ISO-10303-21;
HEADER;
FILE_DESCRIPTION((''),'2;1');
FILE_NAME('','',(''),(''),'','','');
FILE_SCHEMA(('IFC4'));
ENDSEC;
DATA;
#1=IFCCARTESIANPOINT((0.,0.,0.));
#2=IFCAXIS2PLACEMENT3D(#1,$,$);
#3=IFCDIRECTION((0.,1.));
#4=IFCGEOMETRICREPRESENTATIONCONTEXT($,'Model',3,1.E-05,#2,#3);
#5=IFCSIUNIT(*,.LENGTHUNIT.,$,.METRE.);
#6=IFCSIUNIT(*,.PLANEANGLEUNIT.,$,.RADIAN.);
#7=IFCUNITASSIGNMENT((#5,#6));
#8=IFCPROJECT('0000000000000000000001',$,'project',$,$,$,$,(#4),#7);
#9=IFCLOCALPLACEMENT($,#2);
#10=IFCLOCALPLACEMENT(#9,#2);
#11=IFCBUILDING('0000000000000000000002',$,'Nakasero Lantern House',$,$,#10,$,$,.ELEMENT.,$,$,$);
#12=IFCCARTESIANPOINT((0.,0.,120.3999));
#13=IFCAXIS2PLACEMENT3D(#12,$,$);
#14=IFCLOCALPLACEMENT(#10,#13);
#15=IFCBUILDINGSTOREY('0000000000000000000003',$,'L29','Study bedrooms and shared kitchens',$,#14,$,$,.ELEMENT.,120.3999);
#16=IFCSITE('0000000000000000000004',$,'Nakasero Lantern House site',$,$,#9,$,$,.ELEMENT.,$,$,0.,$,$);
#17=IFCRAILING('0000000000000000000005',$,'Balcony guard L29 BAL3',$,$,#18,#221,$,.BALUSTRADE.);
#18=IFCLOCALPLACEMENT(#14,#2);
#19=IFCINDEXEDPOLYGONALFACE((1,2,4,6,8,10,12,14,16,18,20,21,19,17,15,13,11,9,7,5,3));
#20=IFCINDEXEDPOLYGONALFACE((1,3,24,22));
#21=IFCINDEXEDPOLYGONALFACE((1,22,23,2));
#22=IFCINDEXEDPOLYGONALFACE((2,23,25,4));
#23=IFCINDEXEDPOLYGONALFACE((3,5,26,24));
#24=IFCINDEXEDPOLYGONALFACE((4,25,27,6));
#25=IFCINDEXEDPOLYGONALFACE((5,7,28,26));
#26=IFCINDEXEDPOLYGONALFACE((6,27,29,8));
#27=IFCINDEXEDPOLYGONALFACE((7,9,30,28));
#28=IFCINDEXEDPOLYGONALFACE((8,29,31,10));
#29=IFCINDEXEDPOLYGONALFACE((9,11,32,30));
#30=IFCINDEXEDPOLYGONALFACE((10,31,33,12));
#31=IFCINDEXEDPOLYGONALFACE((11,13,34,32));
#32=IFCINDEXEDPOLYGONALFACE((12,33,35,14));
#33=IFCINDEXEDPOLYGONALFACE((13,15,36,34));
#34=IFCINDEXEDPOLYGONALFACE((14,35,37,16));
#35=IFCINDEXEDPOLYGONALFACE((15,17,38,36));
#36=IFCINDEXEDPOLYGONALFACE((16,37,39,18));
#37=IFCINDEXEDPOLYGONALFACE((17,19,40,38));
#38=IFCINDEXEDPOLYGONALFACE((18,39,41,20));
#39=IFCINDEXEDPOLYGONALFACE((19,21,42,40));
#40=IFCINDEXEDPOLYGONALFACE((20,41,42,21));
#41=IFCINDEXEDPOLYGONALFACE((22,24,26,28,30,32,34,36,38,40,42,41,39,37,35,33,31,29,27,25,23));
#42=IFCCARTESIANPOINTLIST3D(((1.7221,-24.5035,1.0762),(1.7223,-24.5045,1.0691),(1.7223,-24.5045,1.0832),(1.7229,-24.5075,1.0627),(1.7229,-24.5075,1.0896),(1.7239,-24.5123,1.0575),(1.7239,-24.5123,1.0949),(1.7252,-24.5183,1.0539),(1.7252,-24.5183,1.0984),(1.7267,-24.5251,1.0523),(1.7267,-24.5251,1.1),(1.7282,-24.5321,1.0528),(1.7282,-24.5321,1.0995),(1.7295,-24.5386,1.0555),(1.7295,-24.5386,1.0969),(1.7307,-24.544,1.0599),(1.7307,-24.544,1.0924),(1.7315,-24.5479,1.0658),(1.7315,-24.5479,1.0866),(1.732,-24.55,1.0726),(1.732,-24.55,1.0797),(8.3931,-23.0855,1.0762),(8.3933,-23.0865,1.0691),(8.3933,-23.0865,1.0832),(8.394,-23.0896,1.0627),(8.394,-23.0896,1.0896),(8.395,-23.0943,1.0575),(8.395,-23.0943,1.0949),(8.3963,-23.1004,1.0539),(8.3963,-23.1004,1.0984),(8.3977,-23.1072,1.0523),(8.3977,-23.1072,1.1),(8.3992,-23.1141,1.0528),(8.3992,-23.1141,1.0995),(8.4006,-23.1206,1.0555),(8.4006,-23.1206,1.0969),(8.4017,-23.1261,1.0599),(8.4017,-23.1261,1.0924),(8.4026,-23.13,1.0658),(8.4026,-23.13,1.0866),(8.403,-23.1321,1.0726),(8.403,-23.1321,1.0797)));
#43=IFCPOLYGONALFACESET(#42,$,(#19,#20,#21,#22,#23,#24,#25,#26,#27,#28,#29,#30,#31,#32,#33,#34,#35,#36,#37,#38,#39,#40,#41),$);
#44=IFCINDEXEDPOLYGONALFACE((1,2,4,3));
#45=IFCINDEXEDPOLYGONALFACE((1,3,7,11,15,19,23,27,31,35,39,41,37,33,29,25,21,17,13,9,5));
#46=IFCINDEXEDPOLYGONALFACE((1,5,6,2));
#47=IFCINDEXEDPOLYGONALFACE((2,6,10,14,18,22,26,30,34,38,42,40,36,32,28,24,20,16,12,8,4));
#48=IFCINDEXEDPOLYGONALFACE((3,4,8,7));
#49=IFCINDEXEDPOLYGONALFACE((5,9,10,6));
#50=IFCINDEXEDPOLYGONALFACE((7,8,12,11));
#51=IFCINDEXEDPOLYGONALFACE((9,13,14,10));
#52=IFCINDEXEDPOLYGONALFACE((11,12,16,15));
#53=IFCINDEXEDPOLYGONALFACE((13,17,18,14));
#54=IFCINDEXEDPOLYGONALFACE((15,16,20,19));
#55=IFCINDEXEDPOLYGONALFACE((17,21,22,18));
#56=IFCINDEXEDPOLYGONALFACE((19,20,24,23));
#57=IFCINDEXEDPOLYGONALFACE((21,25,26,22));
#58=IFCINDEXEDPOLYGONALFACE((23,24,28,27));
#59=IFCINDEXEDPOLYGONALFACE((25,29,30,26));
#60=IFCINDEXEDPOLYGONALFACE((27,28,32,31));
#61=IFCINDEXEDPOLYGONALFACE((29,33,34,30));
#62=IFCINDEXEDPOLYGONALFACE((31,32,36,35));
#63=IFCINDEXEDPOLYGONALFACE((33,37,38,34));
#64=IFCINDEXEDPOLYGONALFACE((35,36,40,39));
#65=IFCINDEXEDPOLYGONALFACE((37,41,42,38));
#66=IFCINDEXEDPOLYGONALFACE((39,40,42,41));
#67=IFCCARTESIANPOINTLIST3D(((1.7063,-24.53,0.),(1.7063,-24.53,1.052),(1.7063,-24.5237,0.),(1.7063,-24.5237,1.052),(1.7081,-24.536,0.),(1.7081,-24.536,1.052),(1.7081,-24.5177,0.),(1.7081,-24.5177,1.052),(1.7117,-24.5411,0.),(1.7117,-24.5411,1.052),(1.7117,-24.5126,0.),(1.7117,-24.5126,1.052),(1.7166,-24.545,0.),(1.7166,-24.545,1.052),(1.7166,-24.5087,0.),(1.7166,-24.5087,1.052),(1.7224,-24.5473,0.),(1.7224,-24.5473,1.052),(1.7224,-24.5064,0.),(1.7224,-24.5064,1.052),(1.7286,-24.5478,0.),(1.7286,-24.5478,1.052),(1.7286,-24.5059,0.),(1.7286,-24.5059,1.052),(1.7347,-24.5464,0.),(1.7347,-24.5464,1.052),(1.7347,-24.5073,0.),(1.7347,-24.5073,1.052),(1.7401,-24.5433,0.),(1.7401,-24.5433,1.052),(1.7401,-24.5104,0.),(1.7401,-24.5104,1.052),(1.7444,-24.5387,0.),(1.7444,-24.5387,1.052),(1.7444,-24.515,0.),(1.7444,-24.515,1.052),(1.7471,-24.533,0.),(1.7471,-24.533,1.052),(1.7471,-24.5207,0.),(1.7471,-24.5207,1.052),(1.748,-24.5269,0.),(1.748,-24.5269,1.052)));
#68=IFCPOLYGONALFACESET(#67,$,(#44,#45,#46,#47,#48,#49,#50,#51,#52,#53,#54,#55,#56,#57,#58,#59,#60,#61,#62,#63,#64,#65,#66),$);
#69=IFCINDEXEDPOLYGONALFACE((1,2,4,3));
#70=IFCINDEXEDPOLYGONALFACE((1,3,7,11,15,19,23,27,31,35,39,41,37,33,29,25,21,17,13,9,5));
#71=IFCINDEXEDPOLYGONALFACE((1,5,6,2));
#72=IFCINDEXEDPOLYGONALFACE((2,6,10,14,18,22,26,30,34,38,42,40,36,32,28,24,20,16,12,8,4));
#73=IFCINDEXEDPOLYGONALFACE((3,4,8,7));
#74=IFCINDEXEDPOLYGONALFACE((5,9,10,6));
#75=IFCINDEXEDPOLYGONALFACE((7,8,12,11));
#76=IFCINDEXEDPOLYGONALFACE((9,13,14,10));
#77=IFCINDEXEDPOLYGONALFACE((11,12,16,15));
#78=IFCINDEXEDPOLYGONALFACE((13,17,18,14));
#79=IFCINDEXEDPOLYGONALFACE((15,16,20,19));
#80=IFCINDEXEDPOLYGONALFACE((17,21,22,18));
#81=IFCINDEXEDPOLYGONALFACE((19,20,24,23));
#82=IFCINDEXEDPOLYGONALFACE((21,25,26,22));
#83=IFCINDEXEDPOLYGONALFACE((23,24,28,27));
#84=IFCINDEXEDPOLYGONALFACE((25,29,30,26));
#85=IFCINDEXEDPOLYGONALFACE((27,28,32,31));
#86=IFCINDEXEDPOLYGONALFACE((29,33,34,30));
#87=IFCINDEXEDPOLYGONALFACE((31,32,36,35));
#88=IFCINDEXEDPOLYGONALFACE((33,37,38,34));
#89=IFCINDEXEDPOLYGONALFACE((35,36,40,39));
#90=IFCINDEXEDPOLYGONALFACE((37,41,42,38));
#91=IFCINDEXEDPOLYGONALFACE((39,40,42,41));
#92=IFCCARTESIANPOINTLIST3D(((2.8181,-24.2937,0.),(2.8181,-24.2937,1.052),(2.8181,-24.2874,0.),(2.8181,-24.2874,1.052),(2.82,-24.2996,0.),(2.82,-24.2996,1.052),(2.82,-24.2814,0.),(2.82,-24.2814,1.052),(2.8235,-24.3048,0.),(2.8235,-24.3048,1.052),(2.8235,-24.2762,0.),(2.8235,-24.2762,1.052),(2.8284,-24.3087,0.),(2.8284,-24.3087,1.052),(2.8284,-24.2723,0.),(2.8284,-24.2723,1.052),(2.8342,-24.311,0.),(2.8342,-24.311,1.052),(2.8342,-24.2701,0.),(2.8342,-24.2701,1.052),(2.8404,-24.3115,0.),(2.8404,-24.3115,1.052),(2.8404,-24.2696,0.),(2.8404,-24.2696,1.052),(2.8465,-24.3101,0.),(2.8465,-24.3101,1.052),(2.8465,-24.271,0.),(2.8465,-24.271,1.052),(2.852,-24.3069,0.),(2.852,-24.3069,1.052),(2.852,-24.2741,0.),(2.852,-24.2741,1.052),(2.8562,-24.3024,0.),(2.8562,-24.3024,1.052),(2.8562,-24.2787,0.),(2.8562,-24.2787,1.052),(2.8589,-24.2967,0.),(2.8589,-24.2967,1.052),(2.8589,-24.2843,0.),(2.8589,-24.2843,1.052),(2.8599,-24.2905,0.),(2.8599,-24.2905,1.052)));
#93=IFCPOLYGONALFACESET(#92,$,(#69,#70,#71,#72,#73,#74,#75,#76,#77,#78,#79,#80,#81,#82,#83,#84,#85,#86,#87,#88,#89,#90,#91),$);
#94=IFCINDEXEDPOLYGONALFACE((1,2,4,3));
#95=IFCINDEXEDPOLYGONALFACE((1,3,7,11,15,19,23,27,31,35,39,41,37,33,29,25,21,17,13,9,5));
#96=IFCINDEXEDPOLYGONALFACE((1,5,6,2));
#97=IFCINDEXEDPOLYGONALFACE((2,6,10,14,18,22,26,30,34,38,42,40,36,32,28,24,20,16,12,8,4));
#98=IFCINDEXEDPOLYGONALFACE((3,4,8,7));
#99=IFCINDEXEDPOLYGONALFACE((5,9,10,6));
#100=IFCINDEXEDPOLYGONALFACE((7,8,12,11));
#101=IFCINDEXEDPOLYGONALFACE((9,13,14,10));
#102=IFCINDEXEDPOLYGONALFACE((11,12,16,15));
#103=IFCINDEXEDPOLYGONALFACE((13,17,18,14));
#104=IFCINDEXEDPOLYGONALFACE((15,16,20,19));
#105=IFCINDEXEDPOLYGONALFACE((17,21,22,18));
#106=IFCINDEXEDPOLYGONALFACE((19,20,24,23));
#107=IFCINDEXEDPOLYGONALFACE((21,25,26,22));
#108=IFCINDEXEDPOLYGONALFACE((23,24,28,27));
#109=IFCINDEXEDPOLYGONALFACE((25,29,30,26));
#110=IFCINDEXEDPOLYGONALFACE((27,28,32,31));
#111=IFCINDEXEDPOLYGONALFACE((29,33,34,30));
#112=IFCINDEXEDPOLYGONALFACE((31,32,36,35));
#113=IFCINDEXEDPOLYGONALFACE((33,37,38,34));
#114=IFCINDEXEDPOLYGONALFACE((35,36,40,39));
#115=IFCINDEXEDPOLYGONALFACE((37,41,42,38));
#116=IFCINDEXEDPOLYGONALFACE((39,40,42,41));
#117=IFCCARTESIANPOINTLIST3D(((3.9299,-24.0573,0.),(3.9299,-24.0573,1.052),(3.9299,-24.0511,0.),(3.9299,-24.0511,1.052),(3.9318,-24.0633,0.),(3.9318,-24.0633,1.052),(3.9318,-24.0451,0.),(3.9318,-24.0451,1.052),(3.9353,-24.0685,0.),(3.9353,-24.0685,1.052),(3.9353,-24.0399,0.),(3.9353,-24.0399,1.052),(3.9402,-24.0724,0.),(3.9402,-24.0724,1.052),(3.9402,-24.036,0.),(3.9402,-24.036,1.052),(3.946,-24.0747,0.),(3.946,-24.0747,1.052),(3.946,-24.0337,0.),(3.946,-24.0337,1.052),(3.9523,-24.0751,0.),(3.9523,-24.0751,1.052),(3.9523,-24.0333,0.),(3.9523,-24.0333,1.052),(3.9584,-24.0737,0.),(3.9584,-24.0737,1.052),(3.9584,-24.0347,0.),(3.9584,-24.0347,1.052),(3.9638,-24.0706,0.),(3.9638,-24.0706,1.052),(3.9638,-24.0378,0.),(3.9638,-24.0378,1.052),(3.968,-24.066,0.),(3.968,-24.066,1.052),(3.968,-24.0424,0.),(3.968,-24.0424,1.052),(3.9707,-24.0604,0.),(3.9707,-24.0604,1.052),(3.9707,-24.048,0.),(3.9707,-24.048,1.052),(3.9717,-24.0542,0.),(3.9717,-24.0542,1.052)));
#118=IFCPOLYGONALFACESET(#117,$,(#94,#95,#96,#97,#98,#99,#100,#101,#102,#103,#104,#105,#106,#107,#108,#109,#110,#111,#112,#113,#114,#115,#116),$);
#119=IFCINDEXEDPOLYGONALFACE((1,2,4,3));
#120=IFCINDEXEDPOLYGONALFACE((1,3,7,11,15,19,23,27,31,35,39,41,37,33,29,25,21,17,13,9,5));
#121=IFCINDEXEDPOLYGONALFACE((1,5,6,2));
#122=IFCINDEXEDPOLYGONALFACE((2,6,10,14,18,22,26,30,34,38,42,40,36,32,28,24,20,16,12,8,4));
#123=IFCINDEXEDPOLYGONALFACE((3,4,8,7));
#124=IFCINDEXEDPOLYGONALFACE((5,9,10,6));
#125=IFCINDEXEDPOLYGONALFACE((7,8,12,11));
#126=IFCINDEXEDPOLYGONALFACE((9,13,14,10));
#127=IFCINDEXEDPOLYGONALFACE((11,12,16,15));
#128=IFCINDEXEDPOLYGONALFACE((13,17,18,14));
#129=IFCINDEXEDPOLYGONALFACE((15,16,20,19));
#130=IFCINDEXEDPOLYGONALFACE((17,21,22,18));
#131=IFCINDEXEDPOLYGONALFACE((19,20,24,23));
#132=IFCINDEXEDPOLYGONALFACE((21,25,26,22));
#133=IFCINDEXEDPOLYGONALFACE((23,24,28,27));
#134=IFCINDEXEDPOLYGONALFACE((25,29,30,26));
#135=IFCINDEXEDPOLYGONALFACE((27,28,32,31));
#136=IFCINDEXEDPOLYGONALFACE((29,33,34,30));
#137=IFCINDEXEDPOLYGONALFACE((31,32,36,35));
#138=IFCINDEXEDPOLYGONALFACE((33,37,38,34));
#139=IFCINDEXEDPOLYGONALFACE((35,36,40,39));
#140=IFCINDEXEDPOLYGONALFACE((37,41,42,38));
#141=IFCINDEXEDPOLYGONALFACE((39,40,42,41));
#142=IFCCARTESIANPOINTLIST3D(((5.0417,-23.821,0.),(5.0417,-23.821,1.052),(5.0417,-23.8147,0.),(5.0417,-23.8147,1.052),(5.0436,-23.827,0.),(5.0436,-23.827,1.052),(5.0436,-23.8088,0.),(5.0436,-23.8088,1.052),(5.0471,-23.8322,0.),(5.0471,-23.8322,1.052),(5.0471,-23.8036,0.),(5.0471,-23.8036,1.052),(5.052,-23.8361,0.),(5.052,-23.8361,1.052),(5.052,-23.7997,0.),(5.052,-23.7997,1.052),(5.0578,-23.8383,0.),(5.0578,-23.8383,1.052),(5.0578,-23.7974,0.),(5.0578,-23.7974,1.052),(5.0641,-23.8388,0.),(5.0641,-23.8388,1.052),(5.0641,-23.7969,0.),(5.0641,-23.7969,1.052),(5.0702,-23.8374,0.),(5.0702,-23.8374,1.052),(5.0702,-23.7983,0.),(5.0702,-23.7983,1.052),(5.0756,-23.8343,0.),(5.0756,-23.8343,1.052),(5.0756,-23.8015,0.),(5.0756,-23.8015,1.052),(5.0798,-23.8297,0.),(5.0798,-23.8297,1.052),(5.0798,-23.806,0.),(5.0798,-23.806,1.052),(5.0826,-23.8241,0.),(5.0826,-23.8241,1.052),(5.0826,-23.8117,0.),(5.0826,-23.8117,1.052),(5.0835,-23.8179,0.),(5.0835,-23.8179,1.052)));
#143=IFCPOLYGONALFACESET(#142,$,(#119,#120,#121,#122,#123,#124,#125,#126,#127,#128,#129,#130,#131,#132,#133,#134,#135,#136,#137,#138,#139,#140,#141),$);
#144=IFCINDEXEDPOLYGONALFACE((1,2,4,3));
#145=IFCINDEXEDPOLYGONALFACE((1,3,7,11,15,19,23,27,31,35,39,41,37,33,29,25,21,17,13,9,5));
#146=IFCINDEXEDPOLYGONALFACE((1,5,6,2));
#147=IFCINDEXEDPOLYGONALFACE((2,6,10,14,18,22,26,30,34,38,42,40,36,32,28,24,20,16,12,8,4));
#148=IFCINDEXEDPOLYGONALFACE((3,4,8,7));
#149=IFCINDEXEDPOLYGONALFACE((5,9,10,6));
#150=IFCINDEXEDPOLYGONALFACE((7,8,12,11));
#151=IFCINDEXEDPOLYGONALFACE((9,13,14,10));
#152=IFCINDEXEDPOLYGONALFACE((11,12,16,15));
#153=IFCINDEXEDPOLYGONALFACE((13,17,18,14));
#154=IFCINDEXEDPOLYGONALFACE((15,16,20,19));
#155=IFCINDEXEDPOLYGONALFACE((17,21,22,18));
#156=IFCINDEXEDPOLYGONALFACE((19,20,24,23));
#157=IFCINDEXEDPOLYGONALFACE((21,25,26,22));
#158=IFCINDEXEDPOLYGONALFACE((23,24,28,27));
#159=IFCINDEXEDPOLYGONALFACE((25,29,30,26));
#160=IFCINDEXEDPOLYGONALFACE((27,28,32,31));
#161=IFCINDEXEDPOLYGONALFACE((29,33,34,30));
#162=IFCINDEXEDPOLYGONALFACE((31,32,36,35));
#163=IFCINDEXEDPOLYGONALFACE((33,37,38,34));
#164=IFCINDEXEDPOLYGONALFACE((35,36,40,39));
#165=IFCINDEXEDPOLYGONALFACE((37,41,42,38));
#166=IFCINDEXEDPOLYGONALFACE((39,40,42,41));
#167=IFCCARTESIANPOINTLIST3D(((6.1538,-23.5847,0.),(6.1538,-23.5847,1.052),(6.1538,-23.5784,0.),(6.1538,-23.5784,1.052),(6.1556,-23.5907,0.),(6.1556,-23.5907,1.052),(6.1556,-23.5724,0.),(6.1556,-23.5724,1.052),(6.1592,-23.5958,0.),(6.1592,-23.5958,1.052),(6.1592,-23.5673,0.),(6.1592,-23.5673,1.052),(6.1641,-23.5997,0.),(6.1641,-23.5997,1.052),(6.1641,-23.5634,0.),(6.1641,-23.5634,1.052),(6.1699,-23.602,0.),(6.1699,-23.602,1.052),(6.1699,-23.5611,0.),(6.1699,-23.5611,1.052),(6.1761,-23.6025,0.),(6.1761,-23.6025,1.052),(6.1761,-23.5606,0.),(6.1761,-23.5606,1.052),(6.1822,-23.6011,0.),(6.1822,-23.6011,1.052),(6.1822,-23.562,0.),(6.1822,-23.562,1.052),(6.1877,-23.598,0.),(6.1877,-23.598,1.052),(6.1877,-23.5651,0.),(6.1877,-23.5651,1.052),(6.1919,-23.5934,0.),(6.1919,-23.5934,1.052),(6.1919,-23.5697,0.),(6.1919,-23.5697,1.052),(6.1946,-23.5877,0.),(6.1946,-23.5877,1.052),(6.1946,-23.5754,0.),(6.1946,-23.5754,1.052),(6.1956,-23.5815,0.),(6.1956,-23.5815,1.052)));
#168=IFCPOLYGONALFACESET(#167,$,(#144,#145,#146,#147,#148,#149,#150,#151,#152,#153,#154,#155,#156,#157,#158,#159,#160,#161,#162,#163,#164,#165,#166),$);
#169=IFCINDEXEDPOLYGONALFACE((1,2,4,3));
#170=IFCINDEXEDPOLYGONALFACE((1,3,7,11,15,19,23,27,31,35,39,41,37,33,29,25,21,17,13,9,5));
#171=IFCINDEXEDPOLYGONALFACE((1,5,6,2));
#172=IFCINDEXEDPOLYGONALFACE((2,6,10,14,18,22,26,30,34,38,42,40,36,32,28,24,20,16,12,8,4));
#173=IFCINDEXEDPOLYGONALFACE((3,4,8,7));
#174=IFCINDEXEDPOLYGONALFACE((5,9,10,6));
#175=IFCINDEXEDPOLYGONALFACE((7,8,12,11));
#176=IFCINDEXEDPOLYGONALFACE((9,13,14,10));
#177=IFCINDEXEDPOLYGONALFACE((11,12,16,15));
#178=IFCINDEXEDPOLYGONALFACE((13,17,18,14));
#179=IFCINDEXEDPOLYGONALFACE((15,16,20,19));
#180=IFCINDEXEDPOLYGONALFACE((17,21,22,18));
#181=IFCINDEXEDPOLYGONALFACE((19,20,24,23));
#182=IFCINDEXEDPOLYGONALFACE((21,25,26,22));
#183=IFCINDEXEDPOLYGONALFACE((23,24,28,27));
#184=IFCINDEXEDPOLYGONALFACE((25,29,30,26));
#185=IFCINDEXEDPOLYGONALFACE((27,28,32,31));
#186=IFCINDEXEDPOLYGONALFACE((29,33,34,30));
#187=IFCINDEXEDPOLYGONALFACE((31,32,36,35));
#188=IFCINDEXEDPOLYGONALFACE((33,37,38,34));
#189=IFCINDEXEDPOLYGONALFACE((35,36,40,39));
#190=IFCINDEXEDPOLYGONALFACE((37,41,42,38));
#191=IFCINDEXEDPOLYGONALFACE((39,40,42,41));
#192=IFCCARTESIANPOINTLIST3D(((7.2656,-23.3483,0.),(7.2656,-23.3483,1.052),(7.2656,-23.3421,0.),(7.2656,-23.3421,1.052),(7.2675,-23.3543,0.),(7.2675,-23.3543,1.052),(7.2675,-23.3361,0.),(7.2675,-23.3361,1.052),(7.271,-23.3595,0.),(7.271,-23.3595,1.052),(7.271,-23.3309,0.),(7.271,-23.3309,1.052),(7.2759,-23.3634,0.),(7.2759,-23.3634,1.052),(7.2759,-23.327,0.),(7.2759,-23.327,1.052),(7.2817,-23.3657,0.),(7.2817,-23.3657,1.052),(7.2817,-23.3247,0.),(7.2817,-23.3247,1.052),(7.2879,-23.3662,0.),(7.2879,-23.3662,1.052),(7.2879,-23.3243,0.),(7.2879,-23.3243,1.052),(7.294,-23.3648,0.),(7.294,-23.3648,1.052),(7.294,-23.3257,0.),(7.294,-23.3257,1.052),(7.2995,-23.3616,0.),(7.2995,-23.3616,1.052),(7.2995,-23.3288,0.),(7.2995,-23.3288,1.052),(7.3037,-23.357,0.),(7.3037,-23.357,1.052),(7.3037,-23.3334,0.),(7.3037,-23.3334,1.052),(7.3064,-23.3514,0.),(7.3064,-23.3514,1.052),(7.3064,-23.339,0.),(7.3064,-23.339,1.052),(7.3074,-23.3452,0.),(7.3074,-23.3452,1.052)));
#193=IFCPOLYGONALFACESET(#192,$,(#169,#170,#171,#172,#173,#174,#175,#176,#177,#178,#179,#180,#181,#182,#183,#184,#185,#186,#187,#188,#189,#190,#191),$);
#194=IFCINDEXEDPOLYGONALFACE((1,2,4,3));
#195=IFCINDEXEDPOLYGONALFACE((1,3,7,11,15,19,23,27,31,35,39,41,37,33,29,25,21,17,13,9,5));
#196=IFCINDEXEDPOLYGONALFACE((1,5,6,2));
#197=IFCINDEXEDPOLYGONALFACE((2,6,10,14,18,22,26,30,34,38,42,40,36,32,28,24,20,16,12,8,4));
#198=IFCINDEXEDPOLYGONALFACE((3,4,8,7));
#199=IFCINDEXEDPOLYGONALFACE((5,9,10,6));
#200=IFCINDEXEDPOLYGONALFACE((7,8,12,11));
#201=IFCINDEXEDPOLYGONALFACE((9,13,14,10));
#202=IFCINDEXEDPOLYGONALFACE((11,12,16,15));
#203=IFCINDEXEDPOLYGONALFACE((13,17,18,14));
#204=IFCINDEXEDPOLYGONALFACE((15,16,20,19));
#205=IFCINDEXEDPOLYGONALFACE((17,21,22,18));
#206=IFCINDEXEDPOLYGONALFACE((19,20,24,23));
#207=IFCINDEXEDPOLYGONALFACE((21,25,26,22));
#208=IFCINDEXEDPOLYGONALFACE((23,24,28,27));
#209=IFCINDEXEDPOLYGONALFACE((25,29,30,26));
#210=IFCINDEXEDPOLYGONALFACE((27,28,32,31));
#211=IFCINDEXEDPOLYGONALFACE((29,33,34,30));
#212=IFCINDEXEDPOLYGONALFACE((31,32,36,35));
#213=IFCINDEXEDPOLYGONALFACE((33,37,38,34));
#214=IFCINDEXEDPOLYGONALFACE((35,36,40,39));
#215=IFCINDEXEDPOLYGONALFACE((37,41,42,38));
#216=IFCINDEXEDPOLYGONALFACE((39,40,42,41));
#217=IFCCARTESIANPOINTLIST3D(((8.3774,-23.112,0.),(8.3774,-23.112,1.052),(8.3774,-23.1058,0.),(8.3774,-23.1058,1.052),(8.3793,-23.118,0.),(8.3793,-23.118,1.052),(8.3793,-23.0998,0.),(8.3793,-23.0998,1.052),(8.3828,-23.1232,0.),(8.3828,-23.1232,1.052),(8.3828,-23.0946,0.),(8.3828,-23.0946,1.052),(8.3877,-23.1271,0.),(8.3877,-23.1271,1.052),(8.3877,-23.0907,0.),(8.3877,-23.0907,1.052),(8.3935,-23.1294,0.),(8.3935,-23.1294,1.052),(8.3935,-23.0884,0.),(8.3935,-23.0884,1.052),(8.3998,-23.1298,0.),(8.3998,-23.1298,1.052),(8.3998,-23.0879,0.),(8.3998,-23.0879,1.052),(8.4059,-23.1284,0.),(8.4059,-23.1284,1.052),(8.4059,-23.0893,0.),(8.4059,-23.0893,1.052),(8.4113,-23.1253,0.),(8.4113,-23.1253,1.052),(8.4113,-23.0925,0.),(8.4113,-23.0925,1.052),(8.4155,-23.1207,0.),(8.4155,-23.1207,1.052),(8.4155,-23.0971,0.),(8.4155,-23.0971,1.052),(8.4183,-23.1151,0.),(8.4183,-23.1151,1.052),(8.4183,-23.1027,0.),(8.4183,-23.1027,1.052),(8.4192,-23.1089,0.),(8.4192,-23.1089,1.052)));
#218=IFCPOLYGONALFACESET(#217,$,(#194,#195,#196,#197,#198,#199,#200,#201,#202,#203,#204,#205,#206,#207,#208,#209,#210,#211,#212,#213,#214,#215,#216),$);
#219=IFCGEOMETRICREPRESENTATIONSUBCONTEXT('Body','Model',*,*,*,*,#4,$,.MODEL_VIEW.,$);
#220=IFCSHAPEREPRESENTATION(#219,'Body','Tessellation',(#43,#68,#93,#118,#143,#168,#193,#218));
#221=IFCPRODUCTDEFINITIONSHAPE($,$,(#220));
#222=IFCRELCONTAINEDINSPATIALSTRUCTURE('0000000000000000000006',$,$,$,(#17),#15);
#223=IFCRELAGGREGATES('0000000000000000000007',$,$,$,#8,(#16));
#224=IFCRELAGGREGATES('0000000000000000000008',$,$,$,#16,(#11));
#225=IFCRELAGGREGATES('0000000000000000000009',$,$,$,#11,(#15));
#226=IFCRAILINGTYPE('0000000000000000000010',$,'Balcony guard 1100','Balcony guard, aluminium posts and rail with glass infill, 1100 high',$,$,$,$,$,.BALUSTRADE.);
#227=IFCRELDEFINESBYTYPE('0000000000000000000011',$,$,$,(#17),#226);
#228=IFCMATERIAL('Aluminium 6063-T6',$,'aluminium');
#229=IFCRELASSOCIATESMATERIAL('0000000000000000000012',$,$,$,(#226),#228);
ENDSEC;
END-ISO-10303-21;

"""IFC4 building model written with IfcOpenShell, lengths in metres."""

from ifc_helpers import new_model, si_unit, direction, frame, origin, origin_2d, place, context, subcontext, project, spatial, circle, extrude, material, type_object, element, save


model = new_model("IFC4")

# Units and contexts
model_context = context("Model", 3, precision=1e-05, world=origin(), true_north=direction((0.0, 1.0)))
body_context = subcontext(model_context, "Body", "Model", "MODEL_VIEW")
ifc_project = project(units=[si_unit("LENGTHUNIT", "METRE"), si_unit("PLANEANGLEUNIT", "RADIAN")], contexts=[model_context])

# Site, building, storey
site_placement = place(None, origin())
site = spatial("IfcSite", under=ifc_project, at=site_placement, Name="Nakasero Lantern House site", CompositionType="ELEMENT", RefElevation=0.0)
building_placement = place(site_placement, origin())
building = spatial("IfcBuilding", under=site, at=building_placement, Name="Nakasero Lantern House", CompositionType="ELEMENT")
storey_placement = place(building_placement, frame((0.0, 0.0, 120.3999)))
storey = spatial("IfcBuildingStorey", under=building, at=storey_placement, Name="L29", Description="Study bedrooms and shared kitchens", CompositionType="ELEMENT", Elevation=120.3999)

# Railing
ifc_material_1 = material(Name="Aluminium 6063-T6", Category="aluminium")
railing_type = type_object("IfcRailingType", Name="Balcony guard 1100", Description="Balcony guard, aluminium posts and rail with glass infill, 1100 high", PredefinedType="BALUSTRADE", material=ifc_material_1)
railing_placement = place(storey_placement, frame((1.7271, -24.5269, 0.0)))
element("IfcRailing", 1, at=railing_placement, inside=storey, type_object=railing_type, Name="Balcony guard L29 BAL3", PredefinedType="BALUSTRADE", context=body_context, shape_type="SweptSolid", body=[
    extrude(circle(Radius=0.0239, at=origin_2d()), frame((0.0, 0.0, 1.0762), z_axis=(0.978148, 0.207908, 0.0), x_axis=(-0.207908, 0.978148, 0.0)), (0.0, 0.0, 1.0), 6.8201),
    extrude(circle(Radius=0.021, at=origin_2d()), origin(), (0.0, 0.0, 1.0), 1.052),
    extrude(circle(Radius=0.021, at=origin_2d()), frame((1.1118, 0.2363, 0.0)), (0.0, 0.0, 1.0), 1.052),
    extrude(circle(Radius=0.021, at=origin_2d()), frame((2.2236, 0.4727, 0.0)), (0.0, 0.0, 1.0), 1.052),
    extrude(circle(Radius=0.021, at=origin_2d()), frame((3.3354, 0.709, 0.0)), (0.0, 0.0, 1.0), 1.052),
    extrude(circle(Radius=0.021, at=origin_2d()), frame((4.4475, 0.9453, 0.0)), (0.0, 0.0, 1.0), 1.052),
    extrude(circle(Radius=0.021, at=origin_2d()), frame((5.5593, 1.1816, 0.0)), (0.0, 0.0, 1.0), 1.052),
    extrude(circle(Radius=0.021, at=origin_2d()), frame((6.6711, 1.418, 0.0)), (0.0, 0.0, 1.0), 1.052),
])

save(model, "model.ifc")
